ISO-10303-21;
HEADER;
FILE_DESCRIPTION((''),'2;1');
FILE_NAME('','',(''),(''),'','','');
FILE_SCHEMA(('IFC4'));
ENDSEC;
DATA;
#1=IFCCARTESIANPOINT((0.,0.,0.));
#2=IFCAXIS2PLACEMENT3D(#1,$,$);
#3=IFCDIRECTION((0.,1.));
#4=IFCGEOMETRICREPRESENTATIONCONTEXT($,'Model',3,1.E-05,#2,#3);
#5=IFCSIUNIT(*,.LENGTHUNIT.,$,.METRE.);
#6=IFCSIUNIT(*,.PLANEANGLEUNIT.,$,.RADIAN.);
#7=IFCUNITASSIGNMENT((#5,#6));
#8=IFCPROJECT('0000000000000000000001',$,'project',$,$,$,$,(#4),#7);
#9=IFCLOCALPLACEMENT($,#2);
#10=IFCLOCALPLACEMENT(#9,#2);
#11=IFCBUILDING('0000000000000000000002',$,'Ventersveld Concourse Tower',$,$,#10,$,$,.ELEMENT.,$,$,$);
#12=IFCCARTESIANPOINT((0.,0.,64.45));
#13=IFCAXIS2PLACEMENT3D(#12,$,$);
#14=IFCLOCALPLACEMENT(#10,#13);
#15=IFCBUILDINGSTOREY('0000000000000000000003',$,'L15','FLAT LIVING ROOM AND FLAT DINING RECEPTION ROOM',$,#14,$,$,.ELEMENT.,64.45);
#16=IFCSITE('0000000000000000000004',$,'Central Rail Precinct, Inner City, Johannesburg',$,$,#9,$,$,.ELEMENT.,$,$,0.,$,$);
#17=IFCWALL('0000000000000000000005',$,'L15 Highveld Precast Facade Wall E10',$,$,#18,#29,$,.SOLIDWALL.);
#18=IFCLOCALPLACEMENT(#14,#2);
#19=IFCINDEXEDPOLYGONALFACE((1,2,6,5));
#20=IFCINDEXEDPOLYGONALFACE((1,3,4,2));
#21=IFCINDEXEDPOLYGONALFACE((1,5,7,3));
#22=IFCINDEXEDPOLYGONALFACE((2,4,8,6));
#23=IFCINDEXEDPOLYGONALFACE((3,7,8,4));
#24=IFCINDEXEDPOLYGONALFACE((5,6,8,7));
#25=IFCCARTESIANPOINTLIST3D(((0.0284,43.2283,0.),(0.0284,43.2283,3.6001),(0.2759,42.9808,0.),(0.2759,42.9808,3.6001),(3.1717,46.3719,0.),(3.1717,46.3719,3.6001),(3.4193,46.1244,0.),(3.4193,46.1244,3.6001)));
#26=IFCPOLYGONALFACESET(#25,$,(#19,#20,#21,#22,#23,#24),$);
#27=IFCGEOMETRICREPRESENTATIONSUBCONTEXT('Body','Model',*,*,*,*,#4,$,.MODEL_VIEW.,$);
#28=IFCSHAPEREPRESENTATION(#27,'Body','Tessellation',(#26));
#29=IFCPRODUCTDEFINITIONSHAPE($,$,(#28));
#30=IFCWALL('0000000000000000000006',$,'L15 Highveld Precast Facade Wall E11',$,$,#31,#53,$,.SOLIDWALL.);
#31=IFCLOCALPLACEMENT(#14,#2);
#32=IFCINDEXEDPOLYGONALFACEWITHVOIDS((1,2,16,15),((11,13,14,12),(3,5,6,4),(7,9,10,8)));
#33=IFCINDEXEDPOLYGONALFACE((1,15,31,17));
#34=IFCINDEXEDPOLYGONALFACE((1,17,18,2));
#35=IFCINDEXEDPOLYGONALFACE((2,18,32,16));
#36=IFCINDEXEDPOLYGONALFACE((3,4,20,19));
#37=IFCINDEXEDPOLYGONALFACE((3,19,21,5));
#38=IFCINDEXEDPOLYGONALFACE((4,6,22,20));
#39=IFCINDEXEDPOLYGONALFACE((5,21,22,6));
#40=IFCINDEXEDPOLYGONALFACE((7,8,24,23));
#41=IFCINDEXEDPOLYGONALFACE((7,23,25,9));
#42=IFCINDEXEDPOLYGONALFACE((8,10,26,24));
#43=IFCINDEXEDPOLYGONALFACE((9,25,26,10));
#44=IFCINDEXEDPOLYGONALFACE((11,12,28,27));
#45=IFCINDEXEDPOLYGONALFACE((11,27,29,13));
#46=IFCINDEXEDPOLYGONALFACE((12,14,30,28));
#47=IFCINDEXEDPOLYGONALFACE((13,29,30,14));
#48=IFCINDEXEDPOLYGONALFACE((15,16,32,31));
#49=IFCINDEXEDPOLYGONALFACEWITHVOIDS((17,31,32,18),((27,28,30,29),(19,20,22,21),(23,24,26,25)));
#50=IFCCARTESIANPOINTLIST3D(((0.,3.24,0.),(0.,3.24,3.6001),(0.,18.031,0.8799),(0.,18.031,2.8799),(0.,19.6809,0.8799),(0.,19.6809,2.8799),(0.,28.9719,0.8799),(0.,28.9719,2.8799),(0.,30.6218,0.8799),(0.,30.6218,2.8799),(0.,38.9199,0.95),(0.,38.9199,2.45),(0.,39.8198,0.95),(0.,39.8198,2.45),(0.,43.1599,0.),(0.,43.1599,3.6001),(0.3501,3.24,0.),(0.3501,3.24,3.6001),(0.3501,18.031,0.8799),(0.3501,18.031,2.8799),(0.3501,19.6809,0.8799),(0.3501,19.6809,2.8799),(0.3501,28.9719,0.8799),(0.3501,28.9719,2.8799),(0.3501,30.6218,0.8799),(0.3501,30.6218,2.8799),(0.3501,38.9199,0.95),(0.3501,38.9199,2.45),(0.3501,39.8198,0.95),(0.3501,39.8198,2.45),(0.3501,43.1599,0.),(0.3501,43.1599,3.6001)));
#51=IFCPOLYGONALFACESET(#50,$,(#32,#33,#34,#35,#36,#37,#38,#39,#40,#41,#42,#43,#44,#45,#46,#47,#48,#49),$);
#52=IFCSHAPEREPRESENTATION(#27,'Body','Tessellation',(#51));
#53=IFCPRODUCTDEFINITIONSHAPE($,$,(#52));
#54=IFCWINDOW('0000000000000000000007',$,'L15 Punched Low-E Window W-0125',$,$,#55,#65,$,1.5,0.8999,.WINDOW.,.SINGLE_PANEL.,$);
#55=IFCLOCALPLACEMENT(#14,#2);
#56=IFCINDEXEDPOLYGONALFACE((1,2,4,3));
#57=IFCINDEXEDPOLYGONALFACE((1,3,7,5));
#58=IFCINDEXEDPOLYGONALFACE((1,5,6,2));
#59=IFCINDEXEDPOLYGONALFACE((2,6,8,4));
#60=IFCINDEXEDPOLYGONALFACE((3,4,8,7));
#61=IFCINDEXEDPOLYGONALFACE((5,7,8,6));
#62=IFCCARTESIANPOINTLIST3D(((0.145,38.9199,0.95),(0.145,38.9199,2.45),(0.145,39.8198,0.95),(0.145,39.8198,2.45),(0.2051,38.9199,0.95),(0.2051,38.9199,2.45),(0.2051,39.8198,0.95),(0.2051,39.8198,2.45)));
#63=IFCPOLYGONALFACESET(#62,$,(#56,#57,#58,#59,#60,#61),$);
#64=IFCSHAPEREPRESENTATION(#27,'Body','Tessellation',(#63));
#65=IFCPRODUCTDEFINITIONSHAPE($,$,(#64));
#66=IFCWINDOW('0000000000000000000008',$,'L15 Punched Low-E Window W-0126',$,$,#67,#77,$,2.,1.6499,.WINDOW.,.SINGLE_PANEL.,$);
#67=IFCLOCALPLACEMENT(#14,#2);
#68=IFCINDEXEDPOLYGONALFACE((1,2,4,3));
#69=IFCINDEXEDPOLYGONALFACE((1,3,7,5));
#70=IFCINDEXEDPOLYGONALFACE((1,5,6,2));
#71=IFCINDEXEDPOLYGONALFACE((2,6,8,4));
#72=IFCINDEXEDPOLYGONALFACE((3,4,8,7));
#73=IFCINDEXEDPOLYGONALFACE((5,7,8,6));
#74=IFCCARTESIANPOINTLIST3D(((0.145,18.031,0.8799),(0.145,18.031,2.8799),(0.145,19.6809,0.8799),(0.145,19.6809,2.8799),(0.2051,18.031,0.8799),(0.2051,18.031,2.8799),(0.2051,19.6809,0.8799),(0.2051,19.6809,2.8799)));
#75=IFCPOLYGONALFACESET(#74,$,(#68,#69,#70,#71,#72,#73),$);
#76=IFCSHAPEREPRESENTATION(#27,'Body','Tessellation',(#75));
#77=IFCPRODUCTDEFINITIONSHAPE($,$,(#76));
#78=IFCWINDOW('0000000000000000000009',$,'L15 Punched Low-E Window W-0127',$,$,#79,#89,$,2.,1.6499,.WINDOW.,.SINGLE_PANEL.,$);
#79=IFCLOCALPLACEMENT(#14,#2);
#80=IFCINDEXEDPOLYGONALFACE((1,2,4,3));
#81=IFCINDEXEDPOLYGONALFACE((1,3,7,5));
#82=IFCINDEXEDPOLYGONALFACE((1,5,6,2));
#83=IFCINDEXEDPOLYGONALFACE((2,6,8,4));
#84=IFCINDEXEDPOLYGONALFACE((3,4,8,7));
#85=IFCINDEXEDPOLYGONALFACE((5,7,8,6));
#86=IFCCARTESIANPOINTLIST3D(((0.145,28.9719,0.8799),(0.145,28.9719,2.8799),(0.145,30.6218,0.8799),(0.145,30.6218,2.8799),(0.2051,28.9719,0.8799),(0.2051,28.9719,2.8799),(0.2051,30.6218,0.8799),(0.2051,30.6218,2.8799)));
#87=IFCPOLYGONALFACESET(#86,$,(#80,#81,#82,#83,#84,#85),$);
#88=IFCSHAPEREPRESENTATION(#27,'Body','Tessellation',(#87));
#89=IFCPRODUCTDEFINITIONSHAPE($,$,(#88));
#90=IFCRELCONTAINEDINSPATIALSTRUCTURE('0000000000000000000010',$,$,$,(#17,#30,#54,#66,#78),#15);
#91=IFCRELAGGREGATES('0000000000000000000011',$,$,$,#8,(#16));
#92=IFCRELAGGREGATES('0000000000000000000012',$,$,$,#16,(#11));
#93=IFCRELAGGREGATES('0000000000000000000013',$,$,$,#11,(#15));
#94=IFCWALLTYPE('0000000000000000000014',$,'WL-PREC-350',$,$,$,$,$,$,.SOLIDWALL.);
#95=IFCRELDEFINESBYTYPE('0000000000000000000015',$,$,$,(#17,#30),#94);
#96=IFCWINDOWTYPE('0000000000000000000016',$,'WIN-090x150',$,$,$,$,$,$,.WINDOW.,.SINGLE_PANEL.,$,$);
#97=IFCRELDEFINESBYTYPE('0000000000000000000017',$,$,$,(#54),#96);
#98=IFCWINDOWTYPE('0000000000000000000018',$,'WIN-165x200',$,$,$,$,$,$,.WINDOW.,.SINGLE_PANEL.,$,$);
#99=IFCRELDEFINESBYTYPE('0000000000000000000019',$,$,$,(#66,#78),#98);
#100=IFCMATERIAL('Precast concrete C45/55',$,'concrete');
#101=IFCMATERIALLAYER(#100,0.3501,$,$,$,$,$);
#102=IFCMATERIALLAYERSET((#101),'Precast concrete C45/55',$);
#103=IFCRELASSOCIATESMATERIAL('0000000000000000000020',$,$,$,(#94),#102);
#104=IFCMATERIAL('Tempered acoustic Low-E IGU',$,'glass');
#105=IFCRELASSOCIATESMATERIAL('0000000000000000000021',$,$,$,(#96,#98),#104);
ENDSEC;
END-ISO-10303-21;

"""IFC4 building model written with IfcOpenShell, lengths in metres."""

from ifc_helpers import new_model, si_unit, direction, frame, frame_2d, origin, place, context, subcontext, project, spatial, rectangle, extrude, material, layer, layer_set, type_object, element, fill, save


model = new_model("IFC4")

# Units and contexts
model_context = context("Model", 3, precision=1e-05, world=origin(), true_north=direction((0.0, 1.0)))
body_context = subcontext(model_context, "Body", "Model", "MODEL_VIEW")
ifc_project = project(units=[si_unit("LENGTHUNIT", "METRE"), si_unit("PLANEANGLEUNIT", "RADIAN")], contexts=[model_context])

# Site, building, storey
site_placement = place(None, origin())
site = spatial("IfcSite", under=ifc_project, at=site_placement, Name="Central Rail Precinct, Inner City, Johannesburg", CompositionType="ELEMENT", RefElevation=0.0)
building_placement = place(site_placement, origin())
building = spatial("IfcBuilding", under=site, at=building_placement, Name="Ventersveld Concourse Tower", CompositionType="ELEMENT")
storey_placement = place(building_placement, frame((0.0, 0.0, 64.45)))
storey = spatial("IfcBuildingStorey", under=building, at=storey_placement, Name="L15", Description="FLAT LIVING ROOM AND FLAT DINING RECEPTION ROOM", CompositionType="ELEMENT", Elevation=64.45)

# Wall
ifc_material_1 = material(Name="Precast concrete C45/55", Category="concrete")
ifc_layer_1 = layer(ifc_material_1, 0.3501)
ifc_layer_set_1 = layer_set([ifc_layer_1], Name="Precast concrete C45/55")
wall_type_1 = type_object("IfcWallType", Name="WL-PREC-350", PredefinedType="SOLIDWALL", material=ifc_layer_set_1)
wall_1_placement = place(storey_placement, frame((3.2954, 46.248, 0.0), z_axis=(0.0, 0.0, 1.0), x_axis=(-0.707079, -0.707134, 0.0)))
element("IfcWall", 1, at=wall_1_placement, inside=storey, type_object=wall_type_1, Name="L15 Highveld Precast Facade Wall E10", PredefinedType="SOLIDWALL", context=body_context, shape_type="SweptSolid", body=[
    extrude(rectangle(XDim=4.4456, YDim=0.3501, at=frame_2d((2.2227, 0.0))), origin(), (0.0, 0.0, 1.0), 3.6001),
])

# Wall, openings, windows
wall_2_placement = place(storey_placement, frame((0.175, 43.1599, 0.0), z_axis=(0.0, 0.0, 1.0), x_axis=(0.0, -1.0, 0.0)))
wall_2 = element("IfcWall", 2, at=wall_2_placement, inside=storey, type_object=wall_type_1, Name="L15 Highveld Precast Facade Wall E11", PredefinedType="SOLIDWALL", context=body_context, shape_type="SweptSolid", body=[
    extrude(rectangle(XDim=39.9199, YDim=0.3501, at=frame_2d((19.96, 0.0))), origin(), (0.0, 0.0, 1.0), 3.6001),
])
opening_1_placement = place(wall_2_placement, frame((3.3401, 0.0, 0.95)))
opening_1 = element("IfcOpeningElement", 3, at=opening_1_placement, cuts=wall_2, PredefinedType="OPENING", context=body_context, shape_type="SweptSolid", body=[
    extrude(rectangle(XDim=0.8999, YDim=1.5, at=frame_2d((0.45, 0.75))), frame((0.0, 0.1851, 0.0), z_axis=(0.0, -1.0, 0.0), x_axis=(1.0, 0.0, 0.0)), (0.0, 0.0, 1.0), 0.3701),
])
opening_2_placement = place(wall_2_placement, frame((23.479, 0.0, 0.8799)))
opening_2 = element("IfcOpeningElement", 4, at=opening_2_placement, cuts=wall_2, PredefinedType="OPENING", context=body_context, shape_type="SweptSolid", body=[
    extrude(rectangle(XDim=1.6499, YDim=2.0, at=frame_2d((0.825, 1.0))), frame((0.0, 0.1851, 0.0), z_axis=(0.0, -1.0, 0.0), x_axis=(1.0, 0.0, 0.0)), (0.0, 0.0, 1.0), 0.3701),
])
opening_3_placement = place(wall_2_placement, frame((12.5381, 0.0, 0.8799)))
opening_3 = element("IfcOpeningElement", 5, at=opening_3_placement, cuts=wall_2, PredefinedType="OPENING", context=body_context, shape_type="SweptSolid", body=[
    extrude(rectangle(XDim=1.6499, YDim=2.0, at=frame_2d((0.825, 1.0))), frame((0.0, 0.1851, 0.0), z_axis=(0.0, -1.0, 0.0), x_axis=(1.0, 0.0, 0.0)), (0.0, 0.0, 1.0), 0.3701),
])
ifc_material_2 = material(Name="Tempered acoustic Low-E IGU", Category="glass")
window_type_1 = type_object("IfcWindowType", Name="WIN-090x150", PartitioningType="SINGLE_PANEL", PredefinedType="WINDOW", material=ifc_material_2)
window_1_placement = place(opening_1_placement, origin())
window_1 = element("IfcWindow", 6, at=window_1_placement, inside=storey, type_object=window_type_1, Name="L15 Punched Low-E Window W-0125", OverallHeight=1.5, OverallWidth=0.8999, PartitioningType="SINGLE_PANEL", PredefinedType="WINDOW", context=body_context, shape_type="SweptSolid", body=[
    extrude(rectangle(XDim=0.8999, YDim=1.5, at=frame_2d((0.45, 0.75))), frame((0.0, 0.03, 0.0), z_axis=(0.0, -1.0, 0.0), x_axis=(1.0, 0.0, 0.0)), (0.0, 0.0, 1.0), 0.0601),
])
fill(opening_1, window_1)
window_type_2 = type_object("IfcWindowType", Name="WIN-165x200", PartitioningType="SINGLE_PANEL", PredefinedType="WINDOW", material=ifc_material_2)
window_2_placement = place(opening_2_placement, origin())
window_2 = element("IfcWindow", 7, at=window_2_placement, inside=storey, type_object=window_type_2, Name="L15 Punched Low-E Window W-0126", OverallHeight=2.0, OverallWidth=1.6499, PartitioningType="SINGLE_PANEL", PredefinedType="WINDOW", context=body_context, shape_type="SweptSolid", body=[
    extrude(rectangle(XDim=1.6499, YDim=2.0, at=frame_2d((0.825, 1.0))), frame((0.0, 0.03, 0.0), z_axis=(0.0, -1.0, 0.0), x_axis=(1.0, 0.0, 0.0)), (0.0, 0.0, 1.0), 0.0601),
])
fill(opening_2, window_2)
window_3_placement = place(opening_3_placement, origin())
window_3 = element("IfcWindow", 8, at=window_3_placement, inside=storey, type_object=window_type_2, Name="L15 Punched Low-E Window W-0127", OverallHeight=2.0, OverallWidth=1.6499, PartitioningType="SINGLE_PANEL", PredefinedType="WINDOW", context=body_context, shape_type="SweptSolid", body=[
    extrude(rectangle(XDim=1.6499, YDim=2.0, at=frame_2d((0.825, 1.0))), frame((0.0, 0.03, 0.0), z_axis=(0.0, -1.0, 0.0), x_axis=(1.0, 0.0, 0.0)), (0.0, 0.0, 1.0), 0.0601),
])
fill(opening_3, window_3)

save(model, "model.ifc")
